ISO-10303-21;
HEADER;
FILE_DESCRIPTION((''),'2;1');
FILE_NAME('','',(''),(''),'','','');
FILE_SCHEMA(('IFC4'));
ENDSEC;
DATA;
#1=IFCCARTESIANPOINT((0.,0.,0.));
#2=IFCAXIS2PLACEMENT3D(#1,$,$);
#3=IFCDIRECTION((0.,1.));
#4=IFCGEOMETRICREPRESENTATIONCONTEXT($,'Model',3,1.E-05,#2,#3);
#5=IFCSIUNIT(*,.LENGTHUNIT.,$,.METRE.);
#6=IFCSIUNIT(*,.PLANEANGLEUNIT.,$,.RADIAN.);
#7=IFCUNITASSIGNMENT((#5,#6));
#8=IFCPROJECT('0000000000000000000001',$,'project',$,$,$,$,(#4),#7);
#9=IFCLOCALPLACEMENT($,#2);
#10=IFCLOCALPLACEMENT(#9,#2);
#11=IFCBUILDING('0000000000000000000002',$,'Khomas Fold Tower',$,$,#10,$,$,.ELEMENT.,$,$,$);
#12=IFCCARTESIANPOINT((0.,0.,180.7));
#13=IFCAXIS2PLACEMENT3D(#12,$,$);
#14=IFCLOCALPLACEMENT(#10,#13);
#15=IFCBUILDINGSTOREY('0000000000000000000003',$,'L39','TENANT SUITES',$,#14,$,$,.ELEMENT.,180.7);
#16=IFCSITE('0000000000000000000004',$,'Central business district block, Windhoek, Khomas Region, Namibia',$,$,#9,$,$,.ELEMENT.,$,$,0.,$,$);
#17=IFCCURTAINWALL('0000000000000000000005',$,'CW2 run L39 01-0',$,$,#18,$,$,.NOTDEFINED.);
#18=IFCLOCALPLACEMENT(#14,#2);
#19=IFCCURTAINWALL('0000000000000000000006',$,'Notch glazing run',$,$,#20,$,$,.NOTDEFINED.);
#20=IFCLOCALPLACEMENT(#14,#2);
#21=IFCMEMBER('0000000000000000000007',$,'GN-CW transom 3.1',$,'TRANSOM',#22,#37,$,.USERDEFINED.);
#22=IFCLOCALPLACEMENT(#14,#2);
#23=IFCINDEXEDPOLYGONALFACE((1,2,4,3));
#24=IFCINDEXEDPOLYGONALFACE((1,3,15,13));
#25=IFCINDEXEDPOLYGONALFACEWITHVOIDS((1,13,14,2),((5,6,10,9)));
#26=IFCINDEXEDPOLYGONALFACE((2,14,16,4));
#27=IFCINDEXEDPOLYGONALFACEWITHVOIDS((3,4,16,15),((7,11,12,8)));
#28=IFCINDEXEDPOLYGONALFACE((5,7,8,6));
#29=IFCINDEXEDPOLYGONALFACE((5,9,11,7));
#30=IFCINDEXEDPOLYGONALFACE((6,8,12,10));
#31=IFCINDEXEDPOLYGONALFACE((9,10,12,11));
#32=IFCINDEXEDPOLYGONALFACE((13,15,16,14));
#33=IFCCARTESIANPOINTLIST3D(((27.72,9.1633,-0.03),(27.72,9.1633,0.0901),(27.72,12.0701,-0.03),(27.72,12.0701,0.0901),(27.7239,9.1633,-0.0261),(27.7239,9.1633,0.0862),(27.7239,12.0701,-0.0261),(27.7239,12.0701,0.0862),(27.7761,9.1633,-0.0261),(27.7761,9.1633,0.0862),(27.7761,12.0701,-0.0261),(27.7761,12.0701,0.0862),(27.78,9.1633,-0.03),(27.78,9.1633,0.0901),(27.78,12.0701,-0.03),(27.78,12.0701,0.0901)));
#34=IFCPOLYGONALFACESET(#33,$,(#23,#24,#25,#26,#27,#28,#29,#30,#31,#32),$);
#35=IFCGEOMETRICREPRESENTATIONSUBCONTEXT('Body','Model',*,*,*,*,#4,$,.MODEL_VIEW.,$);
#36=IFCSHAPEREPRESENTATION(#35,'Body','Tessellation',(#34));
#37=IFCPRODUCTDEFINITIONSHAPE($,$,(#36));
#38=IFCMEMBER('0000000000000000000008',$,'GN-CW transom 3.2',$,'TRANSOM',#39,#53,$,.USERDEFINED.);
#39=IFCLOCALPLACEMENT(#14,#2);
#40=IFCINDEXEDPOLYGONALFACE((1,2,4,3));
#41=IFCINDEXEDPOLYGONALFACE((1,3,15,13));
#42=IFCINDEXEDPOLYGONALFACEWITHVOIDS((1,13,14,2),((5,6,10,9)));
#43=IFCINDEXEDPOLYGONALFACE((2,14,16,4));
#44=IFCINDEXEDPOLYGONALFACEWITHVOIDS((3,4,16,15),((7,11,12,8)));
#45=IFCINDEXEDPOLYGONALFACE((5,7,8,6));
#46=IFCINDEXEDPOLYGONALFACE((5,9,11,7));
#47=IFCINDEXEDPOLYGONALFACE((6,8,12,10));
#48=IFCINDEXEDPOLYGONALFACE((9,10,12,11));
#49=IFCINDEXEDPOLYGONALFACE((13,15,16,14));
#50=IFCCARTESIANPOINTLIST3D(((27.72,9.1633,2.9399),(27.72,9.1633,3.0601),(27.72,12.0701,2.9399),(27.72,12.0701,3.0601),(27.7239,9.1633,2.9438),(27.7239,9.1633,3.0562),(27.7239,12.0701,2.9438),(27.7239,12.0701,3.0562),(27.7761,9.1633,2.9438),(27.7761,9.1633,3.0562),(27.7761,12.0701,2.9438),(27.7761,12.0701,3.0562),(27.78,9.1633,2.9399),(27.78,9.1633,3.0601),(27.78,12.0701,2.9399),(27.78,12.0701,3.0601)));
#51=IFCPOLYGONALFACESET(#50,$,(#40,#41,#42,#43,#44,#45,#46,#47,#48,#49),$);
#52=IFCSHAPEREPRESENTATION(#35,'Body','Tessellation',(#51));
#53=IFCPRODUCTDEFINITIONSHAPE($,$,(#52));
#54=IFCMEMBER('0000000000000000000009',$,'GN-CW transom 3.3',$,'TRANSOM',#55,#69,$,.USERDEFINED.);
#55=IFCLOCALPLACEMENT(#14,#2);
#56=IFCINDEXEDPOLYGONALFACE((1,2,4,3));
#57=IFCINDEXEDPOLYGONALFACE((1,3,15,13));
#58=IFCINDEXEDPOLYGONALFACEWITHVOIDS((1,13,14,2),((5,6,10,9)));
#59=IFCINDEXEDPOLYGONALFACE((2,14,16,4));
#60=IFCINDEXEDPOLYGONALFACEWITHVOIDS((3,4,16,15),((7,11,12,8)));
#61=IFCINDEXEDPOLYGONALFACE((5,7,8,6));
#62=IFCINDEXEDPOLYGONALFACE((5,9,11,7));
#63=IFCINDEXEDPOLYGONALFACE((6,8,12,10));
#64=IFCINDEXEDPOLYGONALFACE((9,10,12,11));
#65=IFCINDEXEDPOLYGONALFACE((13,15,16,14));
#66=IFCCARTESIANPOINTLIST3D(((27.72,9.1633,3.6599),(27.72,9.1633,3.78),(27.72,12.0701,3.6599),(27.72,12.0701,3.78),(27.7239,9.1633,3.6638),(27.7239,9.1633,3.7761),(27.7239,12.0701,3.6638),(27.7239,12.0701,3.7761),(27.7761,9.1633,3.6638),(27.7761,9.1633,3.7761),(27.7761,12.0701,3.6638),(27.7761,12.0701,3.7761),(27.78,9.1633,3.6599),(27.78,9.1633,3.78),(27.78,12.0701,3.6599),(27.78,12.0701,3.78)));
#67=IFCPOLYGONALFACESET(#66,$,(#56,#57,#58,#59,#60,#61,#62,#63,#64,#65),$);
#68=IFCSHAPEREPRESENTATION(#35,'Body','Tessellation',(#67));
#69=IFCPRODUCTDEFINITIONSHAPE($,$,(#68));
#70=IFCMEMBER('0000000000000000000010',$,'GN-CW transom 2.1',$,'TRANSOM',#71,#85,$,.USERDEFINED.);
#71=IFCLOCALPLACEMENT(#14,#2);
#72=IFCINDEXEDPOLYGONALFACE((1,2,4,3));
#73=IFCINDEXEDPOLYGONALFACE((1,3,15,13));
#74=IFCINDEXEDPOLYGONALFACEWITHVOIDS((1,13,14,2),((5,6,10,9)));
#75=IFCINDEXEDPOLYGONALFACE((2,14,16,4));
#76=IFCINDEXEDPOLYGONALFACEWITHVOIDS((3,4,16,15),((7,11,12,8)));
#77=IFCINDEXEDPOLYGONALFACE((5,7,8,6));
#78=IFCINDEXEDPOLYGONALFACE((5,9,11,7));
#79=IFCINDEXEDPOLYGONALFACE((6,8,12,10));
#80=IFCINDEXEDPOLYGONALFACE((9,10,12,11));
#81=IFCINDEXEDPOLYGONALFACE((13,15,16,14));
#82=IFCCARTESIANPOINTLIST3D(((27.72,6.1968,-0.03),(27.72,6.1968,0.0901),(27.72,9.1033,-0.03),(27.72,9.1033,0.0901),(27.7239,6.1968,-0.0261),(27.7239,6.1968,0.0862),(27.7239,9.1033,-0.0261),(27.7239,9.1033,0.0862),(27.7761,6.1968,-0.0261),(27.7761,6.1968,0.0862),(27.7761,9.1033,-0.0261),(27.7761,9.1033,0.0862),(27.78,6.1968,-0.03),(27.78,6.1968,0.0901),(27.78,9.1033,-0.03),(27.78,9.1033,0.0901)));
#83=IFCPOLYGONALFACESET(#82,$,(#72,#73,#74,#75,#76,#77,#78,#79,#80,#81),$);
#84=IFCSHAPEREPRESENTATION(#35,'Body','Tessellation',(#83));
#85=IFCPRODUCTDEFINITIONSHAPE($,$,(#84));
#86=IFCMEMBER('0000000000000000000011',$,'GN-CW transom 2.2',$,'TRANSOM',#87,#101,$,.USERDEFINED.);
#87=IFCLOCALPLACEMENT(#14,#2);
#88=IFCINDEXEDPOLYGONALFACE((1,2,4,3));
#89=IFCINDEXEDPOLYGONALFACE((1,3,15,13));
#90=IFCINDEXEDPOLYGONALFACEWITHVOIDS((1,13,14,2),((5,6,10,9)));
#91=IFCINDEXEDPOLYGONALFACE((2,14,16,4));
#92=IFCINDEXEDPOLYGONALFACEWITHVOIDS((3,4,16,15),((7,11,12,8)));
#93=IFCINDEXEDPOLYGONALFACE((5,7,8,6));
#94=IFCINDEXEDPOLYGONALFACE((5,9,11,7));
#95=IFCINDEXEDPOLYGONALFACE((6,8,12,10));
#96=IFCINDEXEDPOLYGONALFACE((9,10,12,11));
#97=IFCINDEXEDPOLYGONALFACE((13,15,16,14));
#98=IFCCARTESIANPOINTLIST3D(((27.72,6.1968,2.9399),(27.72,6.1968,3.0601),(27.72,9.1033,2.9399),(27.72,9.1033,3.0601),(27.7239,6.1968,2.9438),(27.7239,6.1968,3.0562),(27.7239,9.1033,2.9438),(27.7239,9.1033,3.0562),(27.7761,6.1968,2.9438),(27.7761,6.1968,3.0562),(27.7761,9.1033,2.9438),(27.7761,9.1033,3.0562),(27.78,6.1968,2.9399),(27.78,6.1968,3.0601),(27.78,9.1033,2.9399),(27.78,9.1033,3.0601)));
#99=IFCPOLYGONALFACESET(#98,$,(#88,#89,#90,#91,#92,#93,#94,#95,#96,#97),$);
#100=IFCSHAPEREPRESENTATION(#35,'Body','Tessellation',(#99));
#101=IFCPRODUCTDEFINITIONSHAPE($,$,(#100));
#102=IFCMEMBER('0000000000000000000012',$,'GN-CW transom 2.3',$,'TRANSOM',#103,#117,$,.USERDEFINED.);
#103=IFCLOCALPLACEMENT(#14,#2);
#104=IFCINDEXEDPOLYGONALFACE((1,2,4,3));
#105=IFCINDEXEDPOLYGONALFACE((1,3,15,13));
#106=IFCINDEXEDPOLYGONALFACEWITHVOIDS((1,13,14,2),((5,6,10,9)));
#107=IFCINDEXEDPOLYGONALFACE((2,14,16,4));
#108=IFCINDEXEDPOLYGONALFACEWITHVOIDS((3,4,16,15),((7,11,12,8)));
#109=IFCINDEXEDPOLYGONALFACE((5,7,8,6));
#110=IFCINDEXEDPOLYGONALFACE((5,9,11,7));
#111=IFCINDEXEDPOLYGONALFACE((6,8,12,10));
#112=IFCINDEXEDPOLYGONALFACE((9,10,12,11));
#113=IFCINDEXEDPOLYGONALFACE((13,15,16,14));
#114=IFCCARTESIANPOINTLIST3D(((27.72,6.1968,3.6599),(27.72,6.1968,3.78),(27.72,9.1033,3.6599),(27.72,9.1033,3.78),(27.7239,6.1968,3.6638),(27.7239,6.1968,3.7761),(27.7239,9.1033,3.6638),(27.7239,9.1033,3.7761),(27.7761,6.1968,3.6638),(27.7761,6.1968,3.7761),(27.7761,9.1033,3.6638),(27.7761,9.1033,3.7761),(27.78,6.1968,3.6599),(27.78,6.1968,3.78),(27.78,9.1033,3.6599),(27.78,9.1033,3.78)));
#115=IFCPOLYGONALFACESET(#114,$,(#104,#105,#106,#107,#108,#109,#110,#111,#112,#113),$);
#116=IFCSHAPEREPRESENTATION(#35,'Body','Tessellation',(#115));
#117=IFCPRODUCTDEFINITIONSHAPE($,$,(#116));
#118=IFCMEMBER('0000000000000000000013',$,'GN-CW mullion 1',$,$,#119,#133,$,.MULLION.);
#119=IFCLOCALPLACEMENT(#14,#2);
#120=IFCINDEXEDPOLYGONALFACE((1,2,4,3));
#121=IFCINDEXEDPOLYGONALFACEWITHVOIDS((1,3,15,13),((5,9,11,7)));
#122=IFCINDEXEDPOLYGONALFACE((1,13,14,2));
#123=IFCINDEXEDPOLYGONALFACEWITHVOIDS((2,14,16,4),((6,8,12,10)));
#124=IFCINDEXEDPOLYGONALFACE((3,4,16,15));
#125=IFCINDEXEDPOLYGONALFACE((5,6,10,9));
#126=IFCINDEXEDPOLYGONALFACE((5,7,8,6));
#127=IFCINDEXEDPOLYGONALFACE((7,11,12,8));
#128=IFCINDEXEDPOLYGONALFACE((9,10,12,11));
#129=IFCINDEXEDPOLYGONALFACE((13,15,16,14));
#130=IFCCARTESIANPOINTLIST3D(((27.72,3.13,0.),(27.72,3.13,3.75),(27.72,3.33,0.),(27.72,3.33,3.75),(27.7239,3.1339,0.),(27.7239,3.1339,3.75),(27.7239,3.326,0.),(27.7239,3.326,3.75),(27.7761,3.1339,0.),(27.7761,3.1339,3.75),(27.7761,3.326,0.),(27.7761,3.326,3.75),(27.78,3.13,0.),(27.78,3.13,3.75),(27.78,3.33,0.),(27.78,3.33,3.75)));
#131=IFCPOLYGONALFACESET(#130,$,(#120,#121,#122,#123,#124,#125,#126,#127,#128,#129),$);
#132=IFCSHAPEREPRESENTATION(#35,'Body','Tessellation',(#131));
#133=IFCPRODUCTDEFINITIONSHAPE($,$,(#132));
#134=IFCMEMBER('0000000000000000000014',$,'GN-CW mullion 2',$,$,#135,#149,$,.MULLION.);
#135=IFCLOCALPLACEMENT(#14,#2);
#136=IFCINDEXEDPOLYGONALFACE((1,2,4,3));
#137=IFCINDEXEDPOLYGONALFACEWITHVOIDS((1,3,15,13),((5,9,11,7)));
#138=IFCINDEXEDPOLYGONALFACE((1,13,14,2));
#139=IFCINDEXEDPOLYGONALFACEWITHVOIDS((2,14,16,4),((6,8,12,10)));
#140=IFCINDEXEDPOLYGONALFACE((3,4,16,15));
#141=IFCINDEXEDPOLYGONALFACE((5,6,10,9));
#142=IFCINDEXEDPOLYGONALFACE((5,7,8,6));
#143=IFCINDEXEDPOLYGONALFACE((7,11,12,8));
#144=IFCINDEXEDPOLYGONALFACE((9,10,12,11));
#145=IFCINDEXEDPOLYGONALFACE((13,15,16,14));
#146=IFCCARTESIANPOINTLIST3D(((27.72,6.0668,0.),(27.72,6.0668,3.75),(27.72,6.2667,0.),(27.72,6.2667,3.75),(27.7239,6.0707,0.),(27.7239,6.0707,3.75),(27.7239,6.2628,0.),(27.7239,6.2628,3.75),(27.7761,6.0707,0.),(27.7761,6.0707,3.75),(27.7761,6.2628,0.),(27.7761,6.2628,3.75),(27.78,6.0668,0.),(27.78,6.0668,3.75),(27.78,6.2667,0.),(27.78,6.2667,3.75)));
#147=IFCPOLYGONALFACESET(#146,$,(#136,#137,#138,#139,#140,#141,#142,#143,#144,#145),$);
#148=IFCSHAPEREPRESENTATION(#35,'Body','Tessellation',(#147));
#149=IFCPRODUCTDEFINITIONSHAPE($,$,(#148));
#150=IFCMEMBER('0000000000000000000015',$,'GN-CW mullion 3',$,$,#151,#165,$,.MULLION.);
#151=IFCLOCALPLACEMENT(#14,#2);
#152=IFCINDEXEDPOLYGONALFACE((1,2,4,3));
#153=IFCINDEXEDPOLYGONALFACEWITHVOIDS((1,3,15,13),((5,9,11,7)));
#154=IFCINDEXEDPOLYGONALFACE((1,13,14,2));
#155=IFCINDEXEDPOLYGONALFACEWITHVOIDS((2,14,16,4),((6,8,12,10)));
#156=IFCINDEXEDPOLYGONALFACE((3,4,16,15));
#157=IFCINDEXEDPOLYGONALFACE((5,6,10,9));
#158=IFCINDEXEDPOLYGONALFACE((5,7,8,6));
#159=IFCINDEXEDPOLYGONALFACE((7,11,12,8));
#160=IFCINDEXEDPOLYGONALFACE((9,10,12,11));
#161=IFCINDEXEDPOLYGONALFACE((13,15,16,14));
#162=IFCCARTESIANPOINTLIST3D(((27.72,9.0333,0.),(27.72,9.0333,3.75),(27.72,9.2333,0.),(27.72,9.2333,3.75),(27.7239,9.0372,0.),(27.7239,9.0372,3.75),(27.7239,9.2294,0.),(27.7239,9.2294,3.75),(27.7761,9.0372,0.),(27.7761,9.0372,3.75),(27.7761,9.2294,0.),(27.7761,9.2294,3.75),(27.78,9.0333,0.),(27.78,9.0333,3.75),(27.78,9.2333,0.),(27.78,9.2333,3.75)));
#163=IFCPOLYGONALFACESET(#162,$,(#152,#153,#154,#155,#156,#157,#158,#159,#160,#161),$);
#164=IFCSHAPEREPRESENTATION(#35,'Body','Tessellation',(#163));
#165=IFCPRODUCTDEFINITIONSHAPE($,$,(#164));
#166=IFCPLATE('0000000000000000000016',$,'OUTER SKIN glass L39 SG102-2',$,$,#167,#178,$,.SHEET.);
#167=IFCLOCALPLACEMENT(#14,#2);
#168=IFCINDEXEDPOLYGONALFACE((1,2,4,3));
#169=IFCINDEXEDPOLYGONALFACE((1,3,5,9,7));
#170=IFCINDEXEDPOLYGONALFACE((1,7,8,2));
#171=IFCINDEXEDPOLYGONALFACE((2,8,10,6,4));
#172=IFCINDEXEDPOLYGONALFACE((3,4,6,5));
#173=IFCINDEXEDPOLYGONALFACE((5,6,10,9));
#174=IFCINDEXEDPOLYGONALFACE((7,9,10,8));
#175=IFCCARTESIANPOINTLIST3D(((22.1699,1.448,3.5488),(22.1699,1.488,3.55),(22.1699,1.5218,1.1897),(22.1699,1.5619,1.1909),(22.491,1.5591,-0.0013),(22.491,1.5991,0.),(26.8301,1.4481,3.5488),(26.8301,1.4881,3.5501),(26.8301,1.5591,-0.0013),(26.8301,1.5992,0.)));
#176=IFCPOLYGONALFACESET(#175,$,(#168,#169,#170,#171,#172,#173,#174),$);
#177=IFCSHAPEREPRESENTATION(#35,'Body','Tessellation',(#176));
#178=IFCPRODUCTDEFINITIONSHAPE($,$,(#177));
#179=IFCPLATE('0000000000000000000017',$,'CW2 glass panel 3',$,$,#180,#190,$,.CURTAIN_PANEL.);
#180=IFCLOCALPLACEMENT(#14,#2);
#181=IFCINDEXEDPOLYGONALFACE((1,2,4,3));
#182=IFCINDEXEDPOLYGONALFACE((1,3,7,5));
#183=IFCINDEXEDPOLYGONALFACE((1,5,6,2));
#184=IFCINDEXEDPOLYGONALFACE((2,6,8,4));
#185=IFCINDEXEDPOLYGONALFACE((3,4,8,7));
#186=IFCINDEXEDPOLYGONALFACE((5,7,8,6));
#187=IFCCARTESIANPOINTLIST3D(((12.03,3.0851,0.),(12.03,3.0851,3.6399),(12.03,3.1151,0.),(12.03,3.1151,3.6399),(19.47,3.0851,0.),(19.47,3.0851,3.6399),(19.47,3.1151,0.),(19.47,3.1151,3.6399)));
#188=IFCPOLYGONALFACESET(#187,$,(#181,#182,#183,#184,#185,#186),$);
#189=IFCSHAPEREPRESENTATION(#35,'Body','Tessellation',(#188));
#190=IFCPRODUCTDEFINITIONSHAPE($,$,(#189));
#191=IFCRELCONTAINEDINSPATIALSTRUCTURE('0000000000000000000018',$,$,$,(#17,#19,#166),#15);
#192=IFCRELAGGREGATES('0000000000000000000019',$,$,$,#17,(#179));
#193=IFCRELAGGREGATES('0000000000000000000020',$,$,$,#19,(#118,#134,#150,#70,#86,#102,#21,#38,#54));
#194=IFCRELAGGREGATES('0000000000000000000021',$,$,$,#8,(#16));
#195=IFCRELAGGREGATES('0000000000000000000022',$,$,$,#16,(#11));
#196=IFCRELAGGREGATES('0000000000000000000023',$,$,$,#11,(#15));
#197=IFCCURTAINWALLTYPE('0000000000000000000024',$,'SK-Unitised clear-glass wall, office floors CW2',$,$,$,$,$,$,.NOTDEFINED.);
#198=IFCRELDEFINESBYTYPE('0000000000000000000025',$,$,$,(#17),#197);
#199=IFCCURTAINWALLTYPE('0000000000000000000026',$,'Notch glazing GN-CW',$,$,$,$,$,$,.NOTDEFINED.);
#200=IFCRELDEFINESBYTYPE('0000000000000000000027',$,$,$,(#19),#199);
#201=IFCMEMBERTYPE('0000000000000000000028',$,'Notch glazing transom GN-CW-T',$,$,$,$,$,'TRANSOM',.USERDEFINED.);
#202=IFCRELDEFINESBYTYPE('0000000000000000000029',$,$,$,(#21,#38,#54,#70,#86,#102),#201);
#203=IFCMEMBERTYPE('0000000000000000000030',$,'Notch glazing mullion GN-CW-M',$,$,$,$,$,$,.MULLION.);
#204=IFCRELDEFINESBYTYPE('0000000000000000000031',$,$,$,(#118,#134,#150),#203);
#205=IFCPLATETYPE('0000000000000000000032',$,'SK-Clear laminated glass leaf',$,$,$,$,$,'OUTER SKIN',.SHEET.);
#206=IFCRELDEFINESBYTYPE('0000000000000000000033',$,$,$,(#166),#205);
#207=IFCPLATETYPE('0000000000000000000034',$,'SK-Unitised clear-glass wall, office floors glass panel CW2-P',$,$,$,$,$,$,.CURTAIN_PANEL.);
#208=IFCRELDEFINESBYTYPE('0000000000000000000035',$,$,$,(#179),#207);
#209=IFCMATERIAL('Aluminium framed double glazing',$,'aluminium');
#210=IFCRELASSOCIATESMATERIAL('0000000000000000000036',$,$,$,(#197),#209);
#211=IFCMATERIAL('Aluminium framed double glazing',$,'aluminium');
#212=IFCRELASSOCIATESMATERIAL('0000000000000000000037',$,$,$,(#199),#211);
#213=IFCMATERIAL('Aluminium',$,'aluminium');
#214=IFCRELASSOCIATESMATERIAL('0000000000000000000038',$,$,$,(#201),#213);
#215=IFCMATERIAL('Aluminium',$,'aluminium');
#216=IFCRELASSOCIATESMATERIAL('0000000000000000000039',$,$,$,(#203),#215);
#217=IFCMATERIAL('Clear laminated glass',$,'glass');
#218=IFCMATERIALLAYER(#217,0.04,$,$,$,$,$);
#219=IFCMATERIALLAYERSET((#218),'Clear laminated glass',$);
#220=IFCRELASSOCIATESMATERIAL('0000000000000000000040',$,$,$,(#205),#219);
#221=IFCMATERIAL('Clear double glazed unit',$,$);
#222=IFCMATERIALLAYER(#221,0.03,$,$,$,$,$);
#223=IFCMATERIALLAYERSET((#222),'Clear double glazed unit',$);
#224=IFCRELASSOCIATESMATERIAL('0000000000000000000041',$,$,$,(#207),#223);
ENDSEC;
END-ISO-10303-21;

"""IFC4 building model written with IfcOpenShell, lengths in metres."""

from ifc_helpers import new_model, si_unit, direction, frame, origin, origin_2d, place, context, subcontext, project, spatial, polyline, rectangle, hollow_rectangle, outline, extrude, source, transform, mapped, material, layer, layer_set, material_profile, profile_set, type_object, element, aggregate, save


model = new_model("IFC4")

# Units and contexts
model_context = context("Model", 3, precision=1e-05, world=origin(), true_north=direction((0.0, 1.0)))
body_context = subcontext(model_context, "Body", "Model", "MODEL_VIEW")
ifc_project = project(units=[si_unit("LENGTHUNIT", "METRE"), si_unit("PLANEANGLEUNIT", "RADIAN")], contexts=[model_context])

# Site, building, storey
site_placement = place(None, origin())
site = spatial("IfcSite", under=ifc_project, at=site_placement, Name="Central business district block, Windhoek, Khomas Region, Namibia", CompositionType="ELEMENT", RefElevation=0.0)
building_placement = place(site_placement, origin())
building = spatial("IfcBuilding", under=site, at=building_placement, Name="Khomas Fold Tower", CompositionType="ELEMENT")
storey_placement = place(building_placement, frame((0.0, 0.0, 180.7)))
storey = spatial("IfcBuildingStorey", under=building, at=storey_placement, Name="L39", Description="TENANT SUITES", CompositionType="ELEMENT", Elevation=180.7)

# Curtain walls, members
ifc_material_1 = material(Name="Aluminium framed double glazing", Category="aluminium")
curtain_wall_type_1 = type_object("IfcCurtainWallType", Name="SK-Unitised clear-glass wall, office floors CW2", PredefinedType="NOTDEFINED", material=ifc_material_1)
curtain_wall_1_placement = place(storey_placement, origin())
curtain_wall_1 = element("IfcCurtainWall", 1, at=curtain_wall_1_placement, inside=storey, type_object=curtain_wall_type_1, Name="CW2 run L39 01-0", PredefinedType="NOTDEFINED")
ifc_material_2 = material(Name="Aluminium framed double glazing", Category="aluminium")
curtain_wall_type_2 = type_object("IfcCurtainWallType", Name="Notch glazing GN-CW", PredefinedType="NOTDEFINED", material=ifc_material_2)
curtain_wall_2_placement = place(storey_placement, origin())
curtain_wall_2 = element("IfcCurtainWall", 2, at=curtain_wall_2_placement, inside=storey, type_object=curtain_wall_type_2, Name="Notch glazing run", PredefinedType="NOTDEFINED")
ifc_material_3 = material(Name="Aluminium", Category="aluminium")
ifc_material_profile_1 = material_profile(ifc_material_3, hollow_rectangle(XDim=0.0601, YDim=0.1201, WallThickness=0.0039, at=origin_2d()), Name="Notch glazing transom GN-CW-T")
ifc_profile_set_1 = profile_set([ifc_material_profile_1], Name="Aluminium")
member_type_1 = type_object("IfcMemberType", Name="Notch glazing transom GN-CW-T", ElementType="TRANSOM", PredefinedType="USERDEFINED", material=ifc_profile_set_1)
shared_shape_1 = source(origin(), body_context, "Body", "SweptSolid", [
    extrude(hollow_rectangle(XDim=0.0601, YDim=0.1201, WallThickness=0.0039, at=origin_2d()), origin(), (0.0, 0.0, 1.0), 2.9067),
])
member_1_placement = place(storey_placement, frame((27.75, 9.1633, 0.03), z_axis=(0.0, 1.0, 0.0), x_axis=(-1.0, 0.0, 0.0)))
member_1 = element("IfcMember", 3, at=member_1_placement, type_object=member_type_1, Name="GN-CW transom 3.1", ObjectType="TRANSOM", PredefinedType="USERDEFINED", context=body_context, shape_type="MappedRepresentation", body=[
    mapped(shared_shape_1, transform((0.0, 0.0, 0.0))),
])
member_2_placement = place(storey_placement, frame((27.75, 9.1633, 3.0), z_axis=(0.0, 1.0, 0.0), x_axis=(-1.0, 0.0, 0.0)))
member_2 = element("IfcMember", 4, at=member_2_placement, type_object=member_type_1, Name="GN-CW transom 3.2", ObjectType="TRANSOM", PredefinedType="USERDEFINED", context=body_context, shape_type="MappedRepresentation", body=[
    mapped(shared_shape_1, transform((0.0, 0.0, 0.0))),
])
member_3_placement = place(storey_placement, frame((27.75, 9.1633, 3.72), z_axis=(0.0, 1.0, 0.0), x_axis=(-1.0, 0.0, 0.0)))
member_3 = element("IfcMember", 5, at=member_3_placement, type_object=member_type_1, Name="GN-CW transom 3.3", ObjectType="TRANSOM", PredefinedType="USERDEFINED", context=body_context, shape_type="MappedRepresentation", body=[
    mapped(shared_shape_1, transform((0.0, 0.0, 0.0))),
])
shared_shape_2 = source(origin(), body_context, "Body", "SweptSolid", [
    extrude(hollow_rectangle(XDim=0.0601, YDim=0.1201, WallThickness=0.0039, at=origin_2d()), origin(), (0.0, 0.0, 1.0), 2.9065),
])
member_4_placement = place(storey_placement, frame((27.75, 6.1968, 0.03), z_axis=(0.0, 1.0, 0.0), x_axis=(-1.0, 0.0, 0.0)))
member_4 = element("IfcMember", 6, at=member_4_placement, type_object=member_type_1, Name="GN-CW transom 2.1", ObjectType="TRANSOM", PredefinedType="USERDEFINED", context=body_context, shape_type="MappedRepresentation", body=[
    mapped(shared_shape_2, transform((0.0, 0.0, 0.0))),
])
member_5_placement = place(storey_placement, frame((27.75, 6.1968, 3.0), z_axis=(0.0, 1.0, 0.0), x_axis=(-1.0, 0.0, 0.0)))
member_5 = element("IfcMember", 7, at=member_5_placement, type_object=member_type_1, Name="GN-CW transom 2.2", ObjectType="TRANSOM", PredefinedType="USERDEFINED", context=body_context, shape_type="MappedRepresentation", body=[
    mapped(shared_shape_2, transform((0.0, 0.0, 0.0))),
])
member_6_placement = place(storey_placement, frame((27.75, 6.1968, 3.72), z_axis=(0.0, 1.0, 0.0), x_axis=(-1.0, 0.0, 0.0)))
member_6 = element("IfcMember", 8, at=member_6_placement, type_object=member_type_1, Name="GN-CW transom 2.3", ObjectType="TRANSOM", PredefinedType="USERDEFINED", context=body_context, shape_type="MappedRepresentation", body=[
    mapped(shared_shape_2, transform((0.0, 0.0, 0.0))),
])
ifc_material_4 = material(Name="Aluminium", Category="aluminium")
ifc_material_profile_2 = material_profile(ifc_material_4, hollow_rectangle(XDim=0.0601, YDim=0.2, WallThickness=0.0039, at=origin_2d()), Name="Notch glazing mullion GN-CW-M")
ifc_profile_set_2 = profile_set([ifc_material_profile_2], Name="Aluminium")
member_type_2 = type_object("IfcMemberType", Name="Notch glazing mullion GN-CW-M", PredefinedType="MULLION", material=ifc_profile_set_2)
shared_shape_3 = source(origin(), body_context, "Body", "SweptSolid", [
    extrude(hollow_rectangle(XDim=0.0601, YDim=0.2, WallThickness=0.0039, at=origin_2d()), origin(), (0.0, 0.0, 1.0), 3.75),
])
member_7_placement = place(storey_placement, frame((27.75, 3.23, 0.0), z_axis=(0.0, 0.0, 1.0), x_axis=(-1.0, 0.0, 0.0)))
member_7 = element("IfcMember", 9, at=member_7_placement, type_object=member_type_2, Name="GN-CW mullion 1", PredefinedType="MULLION", context=body_context, shape_type="MappedRepresentation", body=[
    mapped(shared_shape_3, transform((0.0, 0.0, 0.0))),
])
member_8_placement = place(storey_placement, frame((27.75, 6.1667, 0.0), z_axis=(0.0, 0.0, 1.0), x_axis=(-1.0, 0.0, 0.0)))
member_8 = element("IfcMember", 10, at=member_8_placement, type_object=member_type_2, Name="GN-CW mullion 2", PredefinedType="MULLION", context=body_context, shape_type="MappedRepresentation", body=[
    mapped(shared_shape_3, transform((0.0, 0.0, 0.0))),
])
member_9_placement = place(storey_placement, frame((27.75, 9.1333, 0.0), z_axis=(0.0, 0.0, 1.0), x_axis=(-1.0, 0.0, 0.0)))
member_9 = element("IfcMember", 11, at=member_9_placement, type_object=member_type_2, Name="GN-CW mullion 3", PredefinedType="MULLION", context=body_context, shape_type="MappedRepresentation", body=[
    mapped(shared_shape_3, transform((0.0, 0.0, 0.0))),
])

# Plates
ifc_material_5 = material(Name="Clear laminated glass", Category="glass")
ifc_layer_1 = layer(ifc_material_5, 0.04)
ifc_layer_set_1 = layer_set([ifc_layer_1], Name="Clear laminated glass")
plate_type_1 = type_object("IfcPlateType", Name="SK-Clear laminated glass leaf", ElementType="OUTER SKIN", PredefinedType="SHEET", material=ifc_layer_set_1)
plate_1_placement = place(storey_placement, frame((22.491, 1.5991, 0.0), z_axis=(-0.00001, 0.999511, 0.031275), x_axis=(-0.260167, -0.0302, 0.965091)))
element("IfcPlate", 12, at=plate_1_placement, inside=storey, type_object=plate_type_1, Name="OUTER SKIN glass L39 SG102-2", PredefinedType="SHEET", context=body_context, shape_type="SweptSolid", body=[
    extrude(outline(polyline([(0.0, 0.0), (1.234, 0.0), (3.513, 0.6141), (2.3006, 5.1137), (-1.1289, 4.1897), (0.0, 0.0)])), origin(), (0.0, 0.0, -1.0), 0.04),
])
ifc_material_6 = material(Name="Clear double glazed unit")
ifc_layer_2 = layer(ifc_material_6, 0.03)
ifc_layer_set_2 = layer_set([ifc_layer_2], Name="Clear double glazed unit")
plate_type_2 = type_object("IfcPlateType", Name="SK-Unitised clear-glass wall, office floors glass panel CW2-P", PredefinedType="CURTAIN_PANEL", material=ifc_layer_set_2)
shared_shape_4 = source(origin(), body_context, "Body", "SweptSolid", [
    extrude(rectangle(XDim=7.4399, YDim=0.03, at=origin_2d()), origin(), (0.0, 0.0, 1.0), 3.6399),
])
plate_2_placement = place(storey_placement, frame((15.75, 3.1001, 0.0), z_axis=(0.0, 0.0, 1.0), x_axis=(1.0, 0.0, 0.0)))
plate_2 = element("IfcPlate", 13, at=plate_2_placement, type_object=plate_type_2, Name="CW2 glass panel 3", PredefinedType="CURTAIN_PANEL", context=body_context, shape_type="MappedRepresentation", body=[
    mapped(shared_shape_4, transform((0.0, 0.0, 0.0))),
])
aggregate(curtain_wall_1, [plate_2])
aggregate(curtain_wall_2, [member_7, member_8, member_9, member_4, member_5, member_6, member_1, member_2, member_3])

save(model, "model.ifc")
